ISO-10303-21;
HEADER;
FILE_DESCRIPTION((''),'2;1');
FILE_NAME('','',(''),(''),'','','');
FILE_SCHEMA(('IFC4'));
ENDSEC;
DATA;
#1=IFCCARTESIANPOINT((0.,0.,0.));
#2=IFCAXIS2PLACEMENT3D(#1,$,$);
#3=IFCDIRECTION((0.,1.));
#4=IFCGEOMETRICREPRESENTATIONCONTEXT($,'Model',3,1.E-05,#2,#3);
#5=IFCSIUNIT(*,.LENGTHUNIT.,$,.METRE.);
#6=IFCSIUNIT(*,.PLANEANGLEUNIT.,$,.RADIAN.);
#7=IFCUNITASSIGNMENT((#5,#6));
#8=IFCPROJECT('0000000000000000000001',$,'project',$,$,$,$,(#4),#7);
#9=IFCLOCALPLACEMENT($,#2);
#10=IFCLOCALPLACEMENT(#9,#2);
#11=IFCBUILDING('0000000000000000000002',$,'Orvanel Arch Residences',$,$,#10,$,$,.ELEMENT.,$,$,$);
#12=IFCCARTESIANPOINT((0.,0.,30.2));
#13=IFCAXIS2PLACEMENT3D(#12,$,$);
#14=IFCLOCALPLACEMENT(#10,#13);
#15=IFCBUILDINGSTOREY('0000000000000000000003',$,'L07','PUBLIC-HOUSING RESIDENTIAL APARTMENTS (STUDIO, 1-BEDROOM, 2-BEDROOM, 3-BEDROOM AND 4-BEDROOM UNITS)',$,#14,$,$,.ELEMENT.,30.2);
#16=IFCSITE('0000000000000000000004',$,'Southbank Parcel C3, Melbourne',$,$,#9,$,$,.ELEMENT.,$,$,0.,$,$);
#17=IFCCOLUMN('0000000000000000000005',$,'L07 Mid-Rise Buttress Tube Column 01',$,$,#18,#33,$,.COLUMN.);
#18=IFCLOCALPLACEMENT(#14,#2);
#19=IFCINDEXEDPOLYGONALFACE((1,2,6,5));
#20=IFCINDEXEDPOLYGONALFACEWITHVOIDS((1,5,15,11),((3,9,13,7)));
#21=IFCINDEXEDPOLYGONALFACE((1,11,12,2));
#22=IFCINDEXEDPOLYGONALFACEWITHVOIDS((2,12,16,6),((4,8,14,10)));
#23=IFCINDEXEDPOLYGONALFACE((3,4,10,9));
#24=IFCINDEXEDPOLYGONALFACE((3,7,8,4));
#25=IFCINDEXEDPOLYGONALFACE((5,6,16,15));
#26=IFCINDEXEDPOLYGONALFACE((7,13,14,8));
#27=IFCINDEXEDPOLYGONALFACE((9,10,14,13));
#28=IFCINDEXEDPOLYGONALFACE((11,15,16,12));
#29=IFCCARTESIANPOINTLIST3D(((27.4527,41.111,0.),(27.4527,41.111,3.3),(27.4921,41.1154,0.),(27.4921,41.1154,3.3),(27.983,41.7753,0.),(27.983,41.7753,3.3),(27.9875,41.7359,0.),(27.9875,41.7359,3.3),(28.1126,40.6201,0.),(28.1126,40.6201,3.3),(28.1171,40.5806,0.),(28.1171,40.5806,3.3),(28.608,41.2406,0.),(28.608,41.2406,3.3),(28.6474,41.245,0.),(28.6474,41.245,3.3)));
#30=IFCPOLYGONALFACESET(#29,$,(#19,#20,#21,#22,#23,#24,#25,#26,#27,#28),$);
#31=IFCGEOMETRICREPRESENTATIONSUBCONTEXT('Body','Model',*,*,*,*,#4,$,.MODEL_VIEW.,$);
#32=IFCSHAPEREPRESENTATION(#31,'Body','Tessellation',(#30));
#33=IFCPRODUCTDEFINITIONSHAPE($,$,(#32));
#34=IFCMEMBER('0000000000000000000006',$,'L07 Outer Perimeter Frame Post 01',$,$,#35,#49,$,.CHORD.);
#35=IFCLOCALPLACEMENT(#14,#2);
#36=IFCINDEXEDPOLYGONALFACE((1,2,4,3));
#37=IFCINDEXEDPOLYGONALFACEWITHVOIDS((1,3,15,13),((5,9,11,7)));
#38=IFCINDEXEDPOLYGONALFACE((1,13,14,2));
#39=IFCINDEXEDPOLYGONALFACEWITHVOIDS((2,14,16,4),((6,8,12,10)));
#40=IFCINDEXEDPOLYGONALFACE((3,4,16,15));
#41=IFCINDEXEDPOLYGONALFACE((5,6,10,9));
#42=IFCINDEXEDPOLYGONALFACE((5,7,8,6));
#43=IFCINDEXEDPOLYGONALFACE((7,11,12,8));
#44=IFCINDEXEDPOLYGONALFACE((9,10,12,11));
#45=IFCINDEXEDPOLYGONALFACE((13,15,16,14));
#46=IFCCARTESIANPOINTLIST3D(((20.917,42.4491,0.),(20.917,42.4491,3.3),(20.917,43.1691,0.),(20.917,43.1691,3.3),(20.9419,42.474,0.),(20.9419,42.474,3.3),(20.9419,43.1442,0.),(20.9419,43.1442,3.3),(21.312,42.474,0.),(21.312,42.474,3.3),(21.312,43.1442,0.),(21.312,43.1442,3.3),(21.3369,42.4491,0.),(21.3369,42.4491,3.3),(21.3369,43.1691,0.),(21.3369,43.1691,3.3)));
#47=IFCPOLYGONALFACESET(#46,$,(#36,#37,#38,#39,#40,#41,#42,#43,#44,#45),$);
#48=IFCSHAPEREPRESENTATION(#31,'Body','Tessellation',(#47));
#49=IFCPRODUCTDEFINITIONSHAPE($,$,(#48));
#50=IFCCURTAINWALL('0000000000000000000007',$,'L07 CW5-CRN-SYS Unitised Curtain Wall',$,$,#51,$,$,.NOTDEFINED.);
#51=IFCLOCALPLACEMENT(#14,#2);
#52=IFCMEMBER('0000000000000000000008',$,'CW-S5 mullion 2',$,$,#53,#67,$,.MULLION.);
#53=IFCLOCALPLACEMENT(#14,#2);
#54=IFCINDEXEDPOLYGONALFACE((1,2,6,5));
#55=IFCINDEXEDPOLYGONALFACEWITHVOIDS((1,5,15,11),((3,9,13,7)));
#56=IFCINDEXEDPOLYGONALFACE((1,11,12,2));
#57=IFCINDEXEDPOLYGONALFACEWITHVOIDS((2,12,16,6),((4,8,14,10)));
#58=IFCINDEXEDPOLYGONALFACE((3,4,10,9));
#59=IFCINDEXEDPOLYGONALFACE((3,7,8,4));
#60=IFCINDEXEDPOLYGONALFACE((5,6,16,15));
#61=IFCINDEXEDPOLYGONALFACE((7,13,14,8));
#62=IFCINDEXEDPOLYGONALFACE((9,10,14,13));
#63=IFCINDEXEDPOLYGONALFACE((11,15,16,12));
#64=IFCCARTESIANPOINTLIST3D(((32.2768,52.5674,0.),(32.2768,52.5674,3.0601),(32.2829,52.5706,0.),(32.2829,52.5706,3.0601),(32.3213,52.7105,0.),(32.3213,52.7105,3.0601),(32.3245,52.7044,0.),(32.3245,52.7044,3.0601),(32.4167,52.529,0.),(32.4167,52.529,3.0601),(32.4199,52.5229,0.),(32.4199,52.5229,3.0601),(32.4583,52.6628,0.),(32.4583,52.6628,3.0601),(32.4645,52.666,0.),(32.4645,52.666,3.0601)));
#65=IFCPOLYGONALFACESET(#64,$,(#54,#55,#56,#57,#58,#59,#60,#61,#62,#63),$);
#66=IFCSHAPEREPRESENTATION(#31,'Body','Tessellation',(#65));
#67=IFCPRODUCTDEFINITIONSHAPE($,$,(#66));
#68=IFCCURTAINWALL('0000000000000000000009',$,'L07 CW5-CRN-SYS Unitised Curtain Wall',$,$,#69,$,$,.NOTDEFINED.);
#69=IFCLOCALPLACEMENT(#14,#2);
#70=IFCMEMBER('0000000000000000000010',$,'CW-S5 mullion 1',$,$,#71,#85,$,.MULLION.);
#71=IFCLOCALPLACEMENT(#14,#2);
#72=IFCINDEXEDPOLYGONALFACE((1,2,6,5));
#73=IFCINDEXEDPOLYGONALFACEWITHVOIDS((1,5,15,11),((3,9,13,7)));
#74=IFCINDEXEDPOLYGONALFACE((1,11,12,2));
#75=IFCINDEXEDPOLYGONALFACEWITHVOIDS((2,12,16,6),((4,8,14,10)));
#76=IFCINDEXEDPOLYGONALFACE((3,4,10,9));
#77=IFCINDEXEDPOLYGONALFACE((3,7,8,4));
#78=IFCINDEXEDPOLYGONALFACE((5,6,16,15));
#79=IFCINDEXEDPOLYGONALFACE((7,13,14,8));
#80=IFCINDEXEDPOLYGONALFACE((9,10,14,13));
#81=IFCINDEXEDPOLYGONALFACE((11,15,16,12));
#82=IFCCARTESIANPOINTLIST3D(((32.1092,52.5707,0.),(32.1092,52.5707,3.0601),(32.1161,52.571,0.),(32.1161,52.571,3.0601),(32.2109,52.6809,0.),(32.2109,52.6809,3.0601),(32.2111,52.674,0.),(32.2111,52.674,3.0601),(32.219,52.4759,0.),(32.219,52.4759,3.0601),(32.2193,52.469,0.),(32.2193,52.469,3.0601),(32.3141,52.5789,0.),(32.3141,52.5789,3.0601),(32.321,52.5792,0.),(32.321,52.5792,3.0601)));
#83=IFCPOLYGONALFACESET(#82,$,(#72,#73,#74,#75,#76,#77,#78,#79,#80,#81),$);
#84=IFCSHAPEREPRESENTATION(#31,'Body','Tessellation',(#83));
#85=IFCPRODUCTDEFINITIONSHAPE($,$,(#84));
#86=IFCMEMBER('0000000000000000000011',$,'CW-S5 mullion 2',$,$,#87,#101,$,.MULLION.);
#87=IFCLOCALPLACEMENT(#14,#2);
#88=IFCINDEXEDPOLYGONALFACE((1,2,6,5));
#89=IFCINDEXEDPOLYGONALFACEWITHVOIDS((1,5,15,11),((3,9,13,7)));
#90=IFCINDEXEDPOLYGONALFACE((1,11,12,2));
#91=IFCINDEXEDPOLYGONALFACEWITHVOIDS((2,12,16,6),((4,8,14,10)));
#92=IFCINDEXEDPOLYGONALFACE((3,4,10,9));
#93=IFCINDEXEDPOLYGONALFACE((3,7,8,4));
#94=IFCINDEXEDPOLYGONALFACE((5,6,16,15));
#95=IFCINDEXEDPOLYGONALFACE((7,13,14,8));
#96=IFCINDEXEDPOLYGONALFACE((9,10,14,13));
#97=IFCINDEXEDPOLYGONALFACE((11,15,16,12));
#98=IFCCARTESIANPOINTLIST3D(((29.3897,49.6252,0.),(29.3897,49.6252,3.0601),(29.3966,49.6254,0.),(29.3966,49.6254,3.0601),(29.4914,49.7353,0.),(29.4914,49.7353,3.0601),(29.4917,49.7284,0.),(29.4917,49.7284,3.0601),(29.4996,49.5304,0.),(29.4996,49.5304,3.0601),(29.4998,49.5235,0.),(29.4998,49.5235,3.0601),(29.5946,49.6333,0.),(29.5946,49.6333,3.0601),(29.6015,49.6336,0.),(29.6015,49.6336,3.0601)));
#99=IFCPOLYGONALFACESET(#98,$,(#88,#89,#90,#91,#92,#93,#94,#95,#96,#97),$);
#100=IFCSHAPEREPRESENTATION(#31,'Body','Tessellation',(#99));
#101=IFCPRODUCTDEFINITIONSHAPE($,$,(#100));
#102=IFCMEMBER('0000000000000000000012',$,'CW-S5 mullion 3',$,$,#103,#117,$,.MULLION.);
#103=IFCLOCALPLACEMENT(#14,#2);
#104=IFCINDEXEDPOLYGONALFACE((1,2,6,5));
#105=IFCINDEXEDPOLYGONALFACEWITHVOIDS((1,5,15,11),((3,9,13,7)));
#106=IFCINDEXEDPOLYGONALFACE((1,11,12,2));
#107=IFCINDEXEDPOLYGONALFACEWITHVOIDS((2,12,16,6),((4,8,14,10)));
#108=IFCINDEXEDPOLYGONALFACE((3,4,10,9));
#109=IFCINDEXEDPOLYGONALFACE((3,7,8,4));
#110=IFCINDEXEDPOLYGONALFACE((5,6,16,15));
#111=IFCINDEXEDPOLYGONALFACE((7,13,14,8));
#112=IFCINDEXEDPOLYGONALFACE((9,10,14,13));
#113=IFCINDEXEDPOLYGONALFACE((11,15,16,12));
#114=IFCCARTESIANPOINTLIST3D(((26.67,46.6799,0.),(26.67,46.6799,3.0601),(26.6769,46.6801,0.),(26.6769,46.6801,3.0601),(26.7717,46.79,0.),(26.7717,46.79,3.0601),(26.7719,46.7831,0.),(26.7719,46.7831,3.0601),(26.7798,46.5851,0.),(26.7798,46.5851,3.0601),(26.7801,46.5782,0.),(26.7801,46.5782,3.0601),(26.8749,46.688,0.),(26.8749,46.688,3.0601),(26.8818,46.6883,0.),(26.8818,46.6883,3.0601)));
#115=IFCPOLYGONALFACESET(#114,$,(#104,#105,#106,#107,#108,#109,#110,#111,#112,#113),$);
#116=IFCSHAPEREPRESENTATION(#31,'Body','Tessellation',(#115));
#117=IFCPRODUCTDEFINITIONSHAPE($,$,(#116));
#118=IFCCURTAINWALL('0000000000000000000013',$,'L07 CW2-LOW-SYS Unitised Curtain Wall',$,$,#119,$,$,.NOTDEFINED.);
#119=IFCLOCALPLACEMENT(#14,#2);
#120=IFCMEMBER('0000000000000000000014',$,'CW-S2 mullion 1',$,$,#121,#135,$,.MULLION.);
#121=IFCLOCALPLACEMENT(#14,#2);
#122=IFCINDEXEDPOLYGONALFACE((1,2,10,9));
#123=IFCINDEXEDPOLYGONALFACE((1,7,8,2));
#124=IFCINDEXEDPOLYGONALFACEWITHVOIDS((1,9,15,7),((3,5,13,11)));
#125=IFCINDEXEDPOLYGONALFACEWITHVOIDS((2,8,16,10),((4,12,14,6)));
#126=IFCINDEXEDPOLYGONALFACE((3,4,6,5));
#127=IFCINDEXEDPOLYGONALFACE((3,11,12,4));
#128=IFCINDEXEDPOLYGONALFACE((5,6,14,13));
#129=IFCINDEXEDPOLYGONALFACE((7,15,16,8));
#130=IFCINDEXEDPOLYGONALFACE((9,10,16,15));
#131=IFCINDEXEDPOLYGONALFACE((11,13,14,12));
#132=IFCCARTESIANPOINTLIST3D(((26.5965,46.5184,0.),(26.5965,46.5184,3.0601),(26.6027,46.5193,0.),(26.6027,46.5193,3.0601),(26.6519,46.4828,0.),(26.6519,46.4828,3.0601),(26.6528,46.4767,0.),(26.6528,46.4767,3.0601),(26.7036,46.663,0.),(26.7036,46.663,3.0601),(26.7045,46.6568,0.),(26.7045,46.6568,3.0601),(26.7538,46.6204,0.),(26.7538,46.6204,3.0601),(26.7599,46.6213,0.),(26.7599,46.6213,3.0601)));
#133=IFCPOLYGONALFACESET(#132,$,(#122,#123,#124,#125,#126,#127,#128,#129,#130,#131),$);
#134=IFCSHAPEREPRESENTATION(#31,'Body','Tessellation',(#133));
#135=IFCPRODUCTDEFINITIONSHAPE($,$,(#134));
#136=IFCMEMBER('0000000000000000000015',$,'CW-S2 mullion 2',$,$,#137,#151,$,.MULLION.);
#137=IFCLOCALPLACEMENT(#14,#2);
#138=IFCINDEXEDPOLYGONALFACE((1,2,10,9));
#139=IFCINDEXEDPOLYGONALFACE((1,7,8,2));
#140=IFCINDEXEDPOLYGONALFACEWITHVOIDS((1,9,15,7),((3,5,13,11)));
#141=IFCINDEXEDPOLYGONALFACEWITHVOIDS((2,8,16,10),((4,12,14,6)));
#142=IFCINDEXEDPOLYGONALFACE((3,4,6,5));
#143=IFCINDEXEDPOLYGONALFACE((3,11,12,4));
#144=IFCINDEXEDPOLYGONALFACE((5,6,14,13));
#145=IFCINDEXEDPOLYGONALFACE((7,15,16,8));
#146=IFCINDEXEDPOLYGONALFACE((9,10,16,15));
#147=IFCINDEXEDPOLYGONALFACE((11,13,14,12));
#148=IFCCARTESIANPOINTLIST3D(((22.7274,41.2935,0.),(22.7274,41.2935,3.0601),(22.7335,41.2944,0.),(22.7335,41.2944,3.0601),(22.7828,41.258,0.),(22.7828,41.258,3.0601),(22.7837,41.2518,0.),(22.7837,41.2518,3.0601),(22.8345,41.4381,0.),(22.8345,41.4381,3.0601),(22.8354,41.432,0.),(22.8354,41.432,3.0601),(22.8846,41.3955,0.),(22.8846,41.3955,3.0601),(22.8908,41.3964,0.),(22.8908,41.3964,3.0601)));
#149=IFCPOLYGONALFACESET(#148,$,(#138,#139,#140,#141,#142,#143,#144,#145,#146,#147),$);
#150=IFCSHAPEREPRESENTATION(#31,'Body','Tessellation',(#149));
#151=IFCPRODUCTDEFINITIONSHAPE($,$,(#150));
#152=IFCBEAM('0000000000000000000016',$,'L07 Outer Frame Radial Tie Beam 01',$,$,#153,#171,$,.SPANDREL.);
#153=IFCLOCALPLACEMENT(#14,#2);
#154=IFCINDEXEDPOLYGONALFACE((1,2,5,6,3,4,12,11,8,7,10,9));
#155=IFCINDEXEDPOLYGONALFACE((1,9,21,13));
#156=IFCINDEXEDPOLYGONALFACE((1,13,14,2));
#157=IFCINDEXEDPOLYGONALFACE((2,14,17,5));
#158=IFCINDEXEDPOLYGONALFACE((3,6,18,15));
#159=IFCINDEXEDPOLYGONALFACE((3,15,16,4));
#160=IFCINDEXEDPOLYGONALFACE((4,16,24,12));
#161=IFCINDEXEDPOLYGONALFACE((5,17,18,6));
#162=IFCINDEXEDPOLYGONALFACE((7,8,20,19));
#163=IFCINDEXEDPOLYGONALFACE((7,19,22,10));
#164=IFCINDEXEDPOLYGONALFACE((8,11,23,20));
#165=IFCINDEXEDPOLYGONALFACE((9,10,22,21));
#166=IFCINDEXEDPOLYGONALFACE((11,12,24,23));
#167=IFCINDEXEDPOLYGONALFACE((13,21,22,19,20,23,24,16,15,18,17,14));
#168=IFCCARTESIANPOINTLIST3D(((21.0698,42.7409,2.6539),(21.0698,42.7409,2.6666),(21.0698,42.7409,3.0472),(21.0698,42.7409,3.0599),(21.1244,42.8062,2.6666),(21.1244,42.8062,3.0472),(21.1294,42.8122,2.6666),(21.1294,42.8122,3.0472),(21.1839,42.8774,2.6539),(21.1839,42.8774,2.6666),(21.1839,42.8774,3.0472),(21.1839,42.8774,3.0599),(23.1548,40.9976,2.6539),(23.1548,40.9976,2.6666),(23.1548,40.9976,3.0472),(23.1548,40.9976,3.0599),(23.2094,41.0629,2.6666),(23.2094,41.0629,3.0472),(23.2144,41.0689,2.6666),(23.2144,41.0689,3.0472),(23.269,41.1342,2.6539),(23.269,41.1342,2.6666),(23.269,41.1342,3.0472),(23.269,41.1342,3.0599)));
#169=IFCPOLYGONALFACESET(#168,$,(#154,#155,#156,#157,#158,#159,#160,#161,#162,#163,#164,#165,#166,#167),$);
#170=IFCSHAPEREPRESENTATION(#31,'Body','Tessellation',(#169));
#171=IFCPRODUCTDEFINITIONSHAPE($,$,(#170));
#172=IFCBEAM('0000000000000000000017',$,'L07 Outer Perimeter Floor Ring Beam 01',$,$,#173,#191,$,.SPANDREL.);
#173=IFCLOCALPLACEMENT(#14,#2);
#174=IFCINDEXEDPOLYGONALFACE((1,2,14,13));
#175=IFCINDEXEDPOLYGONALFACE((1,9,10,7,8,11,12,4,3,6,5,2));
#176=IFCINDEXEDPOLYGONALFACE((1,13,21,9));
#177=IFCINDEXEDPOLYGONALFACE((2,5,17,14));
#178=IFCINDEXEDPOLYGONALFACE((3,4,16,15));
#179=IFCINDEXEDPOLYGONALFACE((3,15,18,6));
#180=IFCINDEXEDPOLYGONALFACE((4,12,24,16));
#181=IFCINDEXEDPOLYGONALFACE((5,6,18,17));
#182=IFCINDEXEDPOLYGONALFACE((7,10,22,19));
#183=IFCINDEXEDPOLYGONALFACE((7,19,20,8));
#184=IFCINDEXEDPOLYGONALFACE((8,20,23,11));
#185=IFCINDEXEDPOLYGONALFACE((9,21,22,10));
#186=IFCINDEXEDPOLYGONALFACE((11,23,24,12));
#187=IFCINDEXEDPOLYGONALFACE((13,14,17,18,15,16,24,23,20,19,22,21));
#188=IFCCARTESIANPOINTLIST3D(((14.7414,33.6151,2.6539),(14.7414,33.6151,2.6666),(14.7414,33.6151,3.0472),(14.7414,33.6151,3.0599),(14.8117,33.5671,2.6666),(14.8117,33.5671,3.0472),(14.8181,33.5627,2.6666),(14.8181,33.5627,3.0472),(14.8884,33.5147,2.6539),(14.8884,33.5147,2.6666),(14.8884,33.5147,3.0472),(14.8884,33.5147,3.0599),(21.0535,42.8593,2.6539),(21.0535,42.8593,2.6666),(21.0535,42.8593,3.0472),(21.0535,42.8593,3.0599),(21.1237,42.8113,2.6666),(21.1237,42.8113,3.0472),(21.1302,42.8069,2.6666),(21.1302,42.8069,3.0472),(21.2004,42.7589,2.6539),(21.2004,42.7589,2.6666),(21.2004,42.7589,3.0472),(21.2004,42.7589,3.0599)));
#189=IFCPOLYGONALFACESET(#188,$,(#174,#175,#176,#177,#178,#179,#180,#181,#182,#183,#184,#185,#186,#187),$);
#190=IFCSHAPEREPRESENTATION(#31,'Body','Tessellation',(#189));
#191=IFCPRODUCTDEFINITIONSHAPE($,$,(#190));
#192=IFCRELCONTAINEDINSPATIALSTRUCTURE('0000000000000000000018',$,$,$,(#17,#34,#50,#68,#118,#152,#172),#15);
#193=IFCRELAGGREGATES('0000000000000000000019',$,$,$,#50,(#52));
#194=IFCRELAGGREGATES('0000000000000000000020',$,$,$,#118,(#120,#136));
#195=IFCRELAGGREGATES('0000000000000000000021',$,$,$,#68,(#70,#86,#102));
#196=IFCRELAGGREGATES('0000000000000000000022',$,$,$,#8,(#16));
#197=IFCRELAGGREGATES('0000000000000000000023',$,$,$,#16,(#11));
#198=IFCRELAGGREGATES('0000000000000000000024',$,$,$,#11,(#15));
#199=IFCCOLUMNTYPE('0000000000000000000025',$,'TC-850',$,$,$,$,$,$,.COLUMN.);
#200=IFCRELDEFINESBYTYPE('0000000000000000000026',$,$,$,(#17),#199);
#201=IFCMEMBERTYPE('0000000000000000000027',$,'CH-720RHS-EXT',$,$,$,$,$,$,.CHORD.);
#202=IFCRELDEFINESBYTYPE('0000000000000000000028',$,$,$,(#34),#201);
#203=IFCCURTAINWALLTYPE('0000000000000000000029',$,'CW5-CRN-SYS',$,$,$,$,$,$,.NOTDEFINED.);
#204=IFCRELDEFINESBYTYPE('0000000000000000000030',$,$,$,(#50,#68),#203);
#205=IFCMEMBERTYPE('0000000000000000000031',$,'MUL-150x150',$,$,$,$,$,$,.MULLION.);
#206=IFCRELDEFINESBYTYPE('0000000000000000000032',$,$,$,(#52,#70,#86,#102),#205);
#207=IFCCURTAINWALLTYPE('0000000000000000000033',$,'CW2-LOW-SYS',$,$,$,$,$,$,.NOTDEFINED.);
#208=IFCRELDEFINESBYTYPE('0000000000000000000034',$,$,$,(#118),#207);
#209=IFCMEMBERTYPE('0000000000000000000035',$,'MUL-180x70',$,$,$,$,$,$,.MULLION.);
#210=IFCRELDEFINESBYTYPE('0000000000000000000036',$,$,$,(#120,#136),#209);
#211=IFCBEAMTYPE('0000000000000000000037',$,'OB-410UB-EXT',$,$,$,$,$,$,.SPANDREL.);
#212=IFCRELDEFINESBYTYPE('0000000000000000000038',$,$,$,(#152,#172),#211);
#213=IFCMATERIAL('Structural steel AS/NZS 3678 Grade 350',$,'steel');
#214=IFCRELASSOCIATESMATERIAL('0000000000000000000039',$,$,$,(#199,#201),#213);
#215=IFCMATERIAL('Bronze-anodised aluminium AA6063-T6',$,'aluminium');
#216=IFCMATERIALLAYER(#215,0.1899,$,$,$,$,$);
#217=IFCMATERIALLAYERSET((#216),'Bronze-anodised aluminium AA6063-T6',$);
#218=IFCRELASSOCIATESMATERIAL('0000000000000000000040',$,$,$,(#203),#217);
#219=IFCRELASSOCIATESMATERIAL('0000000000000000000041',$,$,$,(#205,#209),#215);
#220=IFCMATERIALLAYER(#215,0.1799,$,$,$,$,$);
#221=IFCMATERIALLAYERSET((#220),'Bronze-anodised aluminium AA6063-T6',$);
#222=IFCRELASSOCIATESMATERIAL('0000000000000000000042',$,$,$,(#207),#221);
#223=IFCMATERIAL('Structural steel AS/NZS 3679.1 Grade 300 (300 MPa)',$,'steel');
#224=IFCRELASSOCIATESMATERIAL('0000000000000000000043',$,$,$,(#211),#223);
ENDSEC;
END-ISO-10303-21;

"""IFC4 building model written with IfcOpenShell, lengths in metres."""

from ifc_helpers import new_model, si_unit, direction, frame, origin, origin_2d, place, context, subcontext, project, spatial, hollow_rectangle, i_section, extrude, material, layer, layer_set, material_profile, profile_set, type_object, element, aggregate, save


model = new_model("IFC4")

# Units and contexts
model_context = context("Model", 3, precision=1e-05, world=origin(), true_north=direction((0.0, 1.0)))
body_context = subcontext(model_context, "Body", "Model", "MODEL_VIEW")
ifc_project = project(units=[si_unit("LENGTHUNIT", "METRE"), si_unit("PLANEANGLEUNIT", "RADIAN")], contexts=[model_context])

# Site, building, storey
site_placement = place(None, origin())
site = spatial("IfcSite", under=ifc_project, at=site_placement, Name="Southbank Parcel C3, Melbourne", CompositionType="ELEMENT", RefElevation=0.0)
building_placement = place(site_placement, origin())
building = spatial("IfcBuilding", under=site, at=building_placement, Name="Orvanel Arch Residences", CompositionType="ELEMENT")
storey_placement = place(building_placement, frame((0.0, 0.0, 30.2)))
storey = spatial("IfcBuildingStorey", under=building, at=storey_placement, Name="L07", Description="PUBLIC-HOUSING RESIDENTIAL APARTMENTS (STUDIO, 1-BEDROOM, 2-BEDROOM, 3-BEDROOM AND 4-BEDROOM UNITS)", CompositionType="ELEMENT", Elevation=30.2)

# Column
ifc_material_1 = material(Name="Structural steel AS/NZS 3678 Grade 350", Category="steel")
ifc_material_profile_1 = material_profile(ifc_material_1, hollow_rectangle(XDim=0.8501, YDim=0.8501, WallThickness=0.0281, at=origin_2d()), Name="BOX850x850x28")
ifc_profile_set_1 = profile_set([ifc_material_profile_1], Name="Structural steel AS/NZS 3678 Grade 350")
column_type = type_object("IfcColumnType", Name="TC-850", PredefinedType="COLUMN", material=ifc_profile_set_1)
column_placement = place(storey_placement, frame((28.05, 41.178, 0.0), z_axis=(0.0, 0.0, 1.0), x_axis=(0.62388, 0.78152, 0.0)))
element("IfcColumn", 1, at=column_placement, inside=storey, type_object=column_type, Name="L07 Mid-Rise Buttress Tube Column 01", PredefinedType="COLUMN", context=body_context, shape_type="SweptSolid", body=[
    extrude(hollow_rectangle(XDim=0.8501, YDim=0.8501, WallThickness=0.0281, at=origin_2d()), origin(), (0.0, 0.0, 1.0), 3.3),
])

# Member
ifc_material_profile_2 = material_profile(ifc_material_1, hollow_rectangle(XDim=0.4199, YDim=0.72, WallThickness=0.0249, at=origin_2d()), Name="RHS720x420x25")
ifc_profile_set_2 = profile_set([ifc_material_profile_2], Name="Structural steel AS/NZS 3678 Grade 350")
member_type_1 = type_object("IfcMemberType", Name="CH-720RHS-EXT", PredefinedType="CHORD", material=ifc_profile_set_2)
member_1_placement = place(storey_placement, frame((21.127, 42.8091, 0.0), z_axis=(0.0, 0.0, 1.0), x_axis=(1.0, 0.0, 0.0)))
element("IfcMember", 2, at=member_1_placement, inside=storey, type_object=member_type_1, Name="L07 Outer Perimeter Frame Post 01", PredefinedType="CHORD", context=body_context, shape_type="SweptSolid", body=[
    extrude(hollow_rectangle(XDim=0.4199, YDim=0.72, WallThickness=0.0249, at=origin_2d()), origin(), (0.0, 0.0, 1.0), 3.3),
])

# Curtain wall, member
ifc_material_2 = material(Name="Bronze-anodised aluminium AA6063-T6", Category="aluminium")
ifc_layer_1 = layer(ifc_material_2, 0.1899)
ifc_layer_set_1 = layer_set([ifc_layer_1], Name="Bronze-anodised aluminium AA6063-T6")
curtain_wall_type_1 = type_object("IfcCurtainWallType", Name="CW5-CRN-SYS", PredefinedType="NOTDEFINED", material=ifc_layer_set_1)
curtain_wall_1_placement = place(storey_placement, origin())
curtain_wall_1 = element("IfcCurtainWall", 3, at=curtain_wall_1_placement, inside=storey, type_object=curtain_wall_type_1, Name="L07 CW5-CRN-SYS Unitised Curtain Wall", PredefinedType="NOTDEFINED")
ifc_material_profile_3 = material_profile(ifc_material_2, hollow_rectangle(XDim=0.1499, YDim=0.1499, WallThickness=0.0049, at=origin_2d()), Name="ALU150x150x5")
ifc_profile_set_3 = profile_set([ifc_material_profile_3], Name="Bronze-anodised aluminium AA6063-T6")
member_type_2 = type_object("IfcMemberType", Name="MUL-150x150", PredefinedType="MULLION", material=ifc_profile_set_3)
member_2_placement = place(storey_placement, frame((32.3706, 52.6167, 0.0), z_axis=(0.0, 0.0, 1.0), x_axis=(-0.297318, -0.954778, 0.0)))
member_2 = element("IfcMember", 4, at=member_2_placement, type_object=member_type_2, Name="CW-S5 mullion 2", PredefinedType="MULLION", context=body_context, shape_type="SweptSolid", body=[
    extrude(hollow_rectangle(XDim=0.1499, YDim=0.1499, WallThickness=0.0049, at=origin_2d()), origin(), (0.0, 0.0, 1.0), 3.0601),
])
aggregate(curtain_wall_1, [member_2])

# Curtain walls, members
curtain_wall_2_placement = place(storey_placement, origin())
curtain_wall_2 = element("IfcCurtainWall", 5, at=curtain_wall_2_placement, inside=storey, type_object=curtain_wall_type_1, Name="L07 CW5-CRN-SYS Unitised Curtain Wall", PredefinedType="NOTDEFINED")
member_3_placement = place(storey_placement, frame((32.2151, 52.575, 0.0), z_axis=(0.0, 0.0, 1.0), x_axis=(0.734705, -0.678387, 0.0)))
member_3 = element("IfcMember", 6, at=member_3_placement, type_object=member_type_2, Name="CW-S5 mullion 1", PredefinedType="MULLION", context=body_context, shape_type="SweptSolid", body=[
    extrude(hollow_rectangle(XDim=0.1499, YDim=0.1499, WallThickness=0.0049, at=origin_2d()), origin(), (0.0, 0.0, 1.0), 3.0601),
])
member_4_placement = place(storey_placement, frame((29.4956, 49.6294, 0.0), z_axis=(0.0, 0.0, 1.0), x_axis=(0.734705, -0.678387, 0.0)))
member_4 = element("IfcMember", 7, at=member_4_placement, type_object=member_type_2, Name="CW-S5 mullion 2", PredefinedType="MULLION", context=body_context, shape_type="SweptSolid", body=[
    extrude(hollow_rectangle(XDim=0.1499, YDim=0.1499, WallThickness=0.0049, at=origin_2d()), origin(), (0.0, 0.0, 1.0), 3.0601),
])
member_5_placement = place(storey_placement, frame((26.7759, 46.6841, 0.0), z_axis=(0.0, 0.0, 1.0), x_axis=(0.734705, -0.678387, 0.0)))
member_5 = element("IfcMember", 8, at=member_5_placement, type_object=member_type_2, Name="CW-S5 mullion 3", PredefinedType="MULLION", context=body_context, shape_type="SweptSolid", body=[
    extrude(hollow_rectangle(XDim=0.1499, YDim=0.1499, WallThickness=0.0049, at=origin_2d()), origin(), (0.0, 0.0, 1.0), 3.0601),
])
ifc_layer_2 = layer(ifc_material_2, 0.1799)
ifc_layer_set_2 = layer_set([ifc_layer_2], Name="Bronze-anodised aluminium AA6063-T6")
curtain_wall_type_2 = type_object("IfcCurtainWallType", Name="CW2-LOW-SYS", PredefinedType="NOTDEFINED", material=ifc_layer_set_2)
curtain_wall_3_placement = place(storey_placement, origin())
curtain_wall_3 = element("IfcCurtainWall", 9, at=curtain_wall_3_placement, inside=storey, type_object=curtain_wall_type_2, Name="L07 CW2-LOW-SYS Unitised Curtain Wall", PredefinedType="NOTDEFINED")
ifc_material_profile_4 = material_profile(ifc_material_2, hollow_rectangle(XDim=0.0701, YDim=0.1799, WallThickness=0.0044, at=origin_2d()), Name="ALU180x70x4.5")
ifc_profile_set_4 = profile_set([ifc_material_profile_4], Name="Bronze-anodised aluminium AA6063-T6")
member_type_3 = type_object("IfcMemberType", Name="MUL-180x70", PredefinedType="MULLION", material=ifc_profile_set_4)
member_6_placement = place(storey_placement, frame((26.6782, 46.5698, 0.0), z_axis=(0.0, 0.0, 1.0), x_axis=(0.803638, -0.595118, 0.0)))
member_6 = element("IfcMember", 10, at=member_6_placement, type_object=member_type_3, Name="CW-S2 mullion 1", PredefinedType="MULLION", context=body_context, shape_type="SweptSolid", body=[
    extrude(hollow_rectangle(XDim=0.0701, YDim=0.1799, WallThickness=0.0044, at=origin_2d()), origin(), (0.0, 0.0, 1.0), 3.0601),
])
member_7_placement = place(storey_placement, frame((22.8091, 41.345, 0.0), z_axis=(0.0, 0.0, 1.0), x_axis=(0.803638, -0.595118, 0.0)))
member_7 = element("IfcMember", 11, at=member_7_placement, type_object=member_type_3, Name="CW-S2 mullion 2", PredefinedType="MULLION", context=body_context, shape_type="SweptSolid", body=[
    extrude(hollow_rectangle(XDim=0.0701, YDim=0.1799, WallThickness=0.0044, at=origin_2d()), origin(), (0.0, 0.0, 1.0), 3.0601),
])

# Beams
ifc_material_3 = material(Name="Structural steel AS/NZS 3679.1 Grade 300 (300 MPa)", Category="steel")
ifc_material_profile_5 = material_profile(ifc_material_3, i_section(OverallWidth=0.178, OverallDepth=0.406, WebThickness=0.0078, FlangeThickness=0.0127, at=origin_2d()), Name="410UB59.7")
ifc_profile_set_5 = profile_set([ifc_material_profile_5], Name="Structural steel AS/NZS 3679.1 Grade 300 (300 MPa)")
beam_type_1 = type_object("IfcBeamType", Name="OB-410UB-EXT", PredefinedType="SPANDREL", material=ifc_profile_set_5)
beam_1_placement = place(storey_placement, frame((23.2119, 41.0659, 2.8569), z_axis=(-0.767189, 0.641421, 0.0), x_axis=(-0.641421, -0.767189, 0.0)))
element("IfcBeam", 12, at=beam_1_placement, inside=storey, type_object=beam_type_1, Name="L07 Outer Frame Radial Tie Beam 01", PredefinedType="SPANDREL", context=body_context, shape_type="SweptSolid", body=[
    extrude(i_section(OverallWidth=0.178, OverallDepth=0.406, WebThickness=0.0078, FlangeThickness=0.0127, at=origin_2d()), origin(), (0.0, 0.0, 1.0), 2.7178),
])
beam_2_placement = place(storey_placement, frame((21.127, 42.8091, 2.8569), z_axis=(-0.563897, -0.825845, 0.0), x_axis=(0.825845, -0.563897, 0.0)))
element("IfcBeam", 13, at=beam_2_placement, inside=storey, type_object=beam_type_1, Name="L07 Outer Perimeter Floor Ring Beam 01", PredefinedType="SPANDREL", context=body_context, shape_type="SweptSolid", body=[
    extrude(i_section(OverallWidth=0.178, OverallDepth=0.406, WebThickness=0.0078, FlangeThickness=0.0127, at=origin_2d()), origin(), (0.0, 0.0, 1.0), 11.1936),
])

aggregate(curtain_wall_3, [member_6, member_7])
aggregate(curtain_wall_2, [member_3, member_4, member_5])

save(model, "model.ifc")
